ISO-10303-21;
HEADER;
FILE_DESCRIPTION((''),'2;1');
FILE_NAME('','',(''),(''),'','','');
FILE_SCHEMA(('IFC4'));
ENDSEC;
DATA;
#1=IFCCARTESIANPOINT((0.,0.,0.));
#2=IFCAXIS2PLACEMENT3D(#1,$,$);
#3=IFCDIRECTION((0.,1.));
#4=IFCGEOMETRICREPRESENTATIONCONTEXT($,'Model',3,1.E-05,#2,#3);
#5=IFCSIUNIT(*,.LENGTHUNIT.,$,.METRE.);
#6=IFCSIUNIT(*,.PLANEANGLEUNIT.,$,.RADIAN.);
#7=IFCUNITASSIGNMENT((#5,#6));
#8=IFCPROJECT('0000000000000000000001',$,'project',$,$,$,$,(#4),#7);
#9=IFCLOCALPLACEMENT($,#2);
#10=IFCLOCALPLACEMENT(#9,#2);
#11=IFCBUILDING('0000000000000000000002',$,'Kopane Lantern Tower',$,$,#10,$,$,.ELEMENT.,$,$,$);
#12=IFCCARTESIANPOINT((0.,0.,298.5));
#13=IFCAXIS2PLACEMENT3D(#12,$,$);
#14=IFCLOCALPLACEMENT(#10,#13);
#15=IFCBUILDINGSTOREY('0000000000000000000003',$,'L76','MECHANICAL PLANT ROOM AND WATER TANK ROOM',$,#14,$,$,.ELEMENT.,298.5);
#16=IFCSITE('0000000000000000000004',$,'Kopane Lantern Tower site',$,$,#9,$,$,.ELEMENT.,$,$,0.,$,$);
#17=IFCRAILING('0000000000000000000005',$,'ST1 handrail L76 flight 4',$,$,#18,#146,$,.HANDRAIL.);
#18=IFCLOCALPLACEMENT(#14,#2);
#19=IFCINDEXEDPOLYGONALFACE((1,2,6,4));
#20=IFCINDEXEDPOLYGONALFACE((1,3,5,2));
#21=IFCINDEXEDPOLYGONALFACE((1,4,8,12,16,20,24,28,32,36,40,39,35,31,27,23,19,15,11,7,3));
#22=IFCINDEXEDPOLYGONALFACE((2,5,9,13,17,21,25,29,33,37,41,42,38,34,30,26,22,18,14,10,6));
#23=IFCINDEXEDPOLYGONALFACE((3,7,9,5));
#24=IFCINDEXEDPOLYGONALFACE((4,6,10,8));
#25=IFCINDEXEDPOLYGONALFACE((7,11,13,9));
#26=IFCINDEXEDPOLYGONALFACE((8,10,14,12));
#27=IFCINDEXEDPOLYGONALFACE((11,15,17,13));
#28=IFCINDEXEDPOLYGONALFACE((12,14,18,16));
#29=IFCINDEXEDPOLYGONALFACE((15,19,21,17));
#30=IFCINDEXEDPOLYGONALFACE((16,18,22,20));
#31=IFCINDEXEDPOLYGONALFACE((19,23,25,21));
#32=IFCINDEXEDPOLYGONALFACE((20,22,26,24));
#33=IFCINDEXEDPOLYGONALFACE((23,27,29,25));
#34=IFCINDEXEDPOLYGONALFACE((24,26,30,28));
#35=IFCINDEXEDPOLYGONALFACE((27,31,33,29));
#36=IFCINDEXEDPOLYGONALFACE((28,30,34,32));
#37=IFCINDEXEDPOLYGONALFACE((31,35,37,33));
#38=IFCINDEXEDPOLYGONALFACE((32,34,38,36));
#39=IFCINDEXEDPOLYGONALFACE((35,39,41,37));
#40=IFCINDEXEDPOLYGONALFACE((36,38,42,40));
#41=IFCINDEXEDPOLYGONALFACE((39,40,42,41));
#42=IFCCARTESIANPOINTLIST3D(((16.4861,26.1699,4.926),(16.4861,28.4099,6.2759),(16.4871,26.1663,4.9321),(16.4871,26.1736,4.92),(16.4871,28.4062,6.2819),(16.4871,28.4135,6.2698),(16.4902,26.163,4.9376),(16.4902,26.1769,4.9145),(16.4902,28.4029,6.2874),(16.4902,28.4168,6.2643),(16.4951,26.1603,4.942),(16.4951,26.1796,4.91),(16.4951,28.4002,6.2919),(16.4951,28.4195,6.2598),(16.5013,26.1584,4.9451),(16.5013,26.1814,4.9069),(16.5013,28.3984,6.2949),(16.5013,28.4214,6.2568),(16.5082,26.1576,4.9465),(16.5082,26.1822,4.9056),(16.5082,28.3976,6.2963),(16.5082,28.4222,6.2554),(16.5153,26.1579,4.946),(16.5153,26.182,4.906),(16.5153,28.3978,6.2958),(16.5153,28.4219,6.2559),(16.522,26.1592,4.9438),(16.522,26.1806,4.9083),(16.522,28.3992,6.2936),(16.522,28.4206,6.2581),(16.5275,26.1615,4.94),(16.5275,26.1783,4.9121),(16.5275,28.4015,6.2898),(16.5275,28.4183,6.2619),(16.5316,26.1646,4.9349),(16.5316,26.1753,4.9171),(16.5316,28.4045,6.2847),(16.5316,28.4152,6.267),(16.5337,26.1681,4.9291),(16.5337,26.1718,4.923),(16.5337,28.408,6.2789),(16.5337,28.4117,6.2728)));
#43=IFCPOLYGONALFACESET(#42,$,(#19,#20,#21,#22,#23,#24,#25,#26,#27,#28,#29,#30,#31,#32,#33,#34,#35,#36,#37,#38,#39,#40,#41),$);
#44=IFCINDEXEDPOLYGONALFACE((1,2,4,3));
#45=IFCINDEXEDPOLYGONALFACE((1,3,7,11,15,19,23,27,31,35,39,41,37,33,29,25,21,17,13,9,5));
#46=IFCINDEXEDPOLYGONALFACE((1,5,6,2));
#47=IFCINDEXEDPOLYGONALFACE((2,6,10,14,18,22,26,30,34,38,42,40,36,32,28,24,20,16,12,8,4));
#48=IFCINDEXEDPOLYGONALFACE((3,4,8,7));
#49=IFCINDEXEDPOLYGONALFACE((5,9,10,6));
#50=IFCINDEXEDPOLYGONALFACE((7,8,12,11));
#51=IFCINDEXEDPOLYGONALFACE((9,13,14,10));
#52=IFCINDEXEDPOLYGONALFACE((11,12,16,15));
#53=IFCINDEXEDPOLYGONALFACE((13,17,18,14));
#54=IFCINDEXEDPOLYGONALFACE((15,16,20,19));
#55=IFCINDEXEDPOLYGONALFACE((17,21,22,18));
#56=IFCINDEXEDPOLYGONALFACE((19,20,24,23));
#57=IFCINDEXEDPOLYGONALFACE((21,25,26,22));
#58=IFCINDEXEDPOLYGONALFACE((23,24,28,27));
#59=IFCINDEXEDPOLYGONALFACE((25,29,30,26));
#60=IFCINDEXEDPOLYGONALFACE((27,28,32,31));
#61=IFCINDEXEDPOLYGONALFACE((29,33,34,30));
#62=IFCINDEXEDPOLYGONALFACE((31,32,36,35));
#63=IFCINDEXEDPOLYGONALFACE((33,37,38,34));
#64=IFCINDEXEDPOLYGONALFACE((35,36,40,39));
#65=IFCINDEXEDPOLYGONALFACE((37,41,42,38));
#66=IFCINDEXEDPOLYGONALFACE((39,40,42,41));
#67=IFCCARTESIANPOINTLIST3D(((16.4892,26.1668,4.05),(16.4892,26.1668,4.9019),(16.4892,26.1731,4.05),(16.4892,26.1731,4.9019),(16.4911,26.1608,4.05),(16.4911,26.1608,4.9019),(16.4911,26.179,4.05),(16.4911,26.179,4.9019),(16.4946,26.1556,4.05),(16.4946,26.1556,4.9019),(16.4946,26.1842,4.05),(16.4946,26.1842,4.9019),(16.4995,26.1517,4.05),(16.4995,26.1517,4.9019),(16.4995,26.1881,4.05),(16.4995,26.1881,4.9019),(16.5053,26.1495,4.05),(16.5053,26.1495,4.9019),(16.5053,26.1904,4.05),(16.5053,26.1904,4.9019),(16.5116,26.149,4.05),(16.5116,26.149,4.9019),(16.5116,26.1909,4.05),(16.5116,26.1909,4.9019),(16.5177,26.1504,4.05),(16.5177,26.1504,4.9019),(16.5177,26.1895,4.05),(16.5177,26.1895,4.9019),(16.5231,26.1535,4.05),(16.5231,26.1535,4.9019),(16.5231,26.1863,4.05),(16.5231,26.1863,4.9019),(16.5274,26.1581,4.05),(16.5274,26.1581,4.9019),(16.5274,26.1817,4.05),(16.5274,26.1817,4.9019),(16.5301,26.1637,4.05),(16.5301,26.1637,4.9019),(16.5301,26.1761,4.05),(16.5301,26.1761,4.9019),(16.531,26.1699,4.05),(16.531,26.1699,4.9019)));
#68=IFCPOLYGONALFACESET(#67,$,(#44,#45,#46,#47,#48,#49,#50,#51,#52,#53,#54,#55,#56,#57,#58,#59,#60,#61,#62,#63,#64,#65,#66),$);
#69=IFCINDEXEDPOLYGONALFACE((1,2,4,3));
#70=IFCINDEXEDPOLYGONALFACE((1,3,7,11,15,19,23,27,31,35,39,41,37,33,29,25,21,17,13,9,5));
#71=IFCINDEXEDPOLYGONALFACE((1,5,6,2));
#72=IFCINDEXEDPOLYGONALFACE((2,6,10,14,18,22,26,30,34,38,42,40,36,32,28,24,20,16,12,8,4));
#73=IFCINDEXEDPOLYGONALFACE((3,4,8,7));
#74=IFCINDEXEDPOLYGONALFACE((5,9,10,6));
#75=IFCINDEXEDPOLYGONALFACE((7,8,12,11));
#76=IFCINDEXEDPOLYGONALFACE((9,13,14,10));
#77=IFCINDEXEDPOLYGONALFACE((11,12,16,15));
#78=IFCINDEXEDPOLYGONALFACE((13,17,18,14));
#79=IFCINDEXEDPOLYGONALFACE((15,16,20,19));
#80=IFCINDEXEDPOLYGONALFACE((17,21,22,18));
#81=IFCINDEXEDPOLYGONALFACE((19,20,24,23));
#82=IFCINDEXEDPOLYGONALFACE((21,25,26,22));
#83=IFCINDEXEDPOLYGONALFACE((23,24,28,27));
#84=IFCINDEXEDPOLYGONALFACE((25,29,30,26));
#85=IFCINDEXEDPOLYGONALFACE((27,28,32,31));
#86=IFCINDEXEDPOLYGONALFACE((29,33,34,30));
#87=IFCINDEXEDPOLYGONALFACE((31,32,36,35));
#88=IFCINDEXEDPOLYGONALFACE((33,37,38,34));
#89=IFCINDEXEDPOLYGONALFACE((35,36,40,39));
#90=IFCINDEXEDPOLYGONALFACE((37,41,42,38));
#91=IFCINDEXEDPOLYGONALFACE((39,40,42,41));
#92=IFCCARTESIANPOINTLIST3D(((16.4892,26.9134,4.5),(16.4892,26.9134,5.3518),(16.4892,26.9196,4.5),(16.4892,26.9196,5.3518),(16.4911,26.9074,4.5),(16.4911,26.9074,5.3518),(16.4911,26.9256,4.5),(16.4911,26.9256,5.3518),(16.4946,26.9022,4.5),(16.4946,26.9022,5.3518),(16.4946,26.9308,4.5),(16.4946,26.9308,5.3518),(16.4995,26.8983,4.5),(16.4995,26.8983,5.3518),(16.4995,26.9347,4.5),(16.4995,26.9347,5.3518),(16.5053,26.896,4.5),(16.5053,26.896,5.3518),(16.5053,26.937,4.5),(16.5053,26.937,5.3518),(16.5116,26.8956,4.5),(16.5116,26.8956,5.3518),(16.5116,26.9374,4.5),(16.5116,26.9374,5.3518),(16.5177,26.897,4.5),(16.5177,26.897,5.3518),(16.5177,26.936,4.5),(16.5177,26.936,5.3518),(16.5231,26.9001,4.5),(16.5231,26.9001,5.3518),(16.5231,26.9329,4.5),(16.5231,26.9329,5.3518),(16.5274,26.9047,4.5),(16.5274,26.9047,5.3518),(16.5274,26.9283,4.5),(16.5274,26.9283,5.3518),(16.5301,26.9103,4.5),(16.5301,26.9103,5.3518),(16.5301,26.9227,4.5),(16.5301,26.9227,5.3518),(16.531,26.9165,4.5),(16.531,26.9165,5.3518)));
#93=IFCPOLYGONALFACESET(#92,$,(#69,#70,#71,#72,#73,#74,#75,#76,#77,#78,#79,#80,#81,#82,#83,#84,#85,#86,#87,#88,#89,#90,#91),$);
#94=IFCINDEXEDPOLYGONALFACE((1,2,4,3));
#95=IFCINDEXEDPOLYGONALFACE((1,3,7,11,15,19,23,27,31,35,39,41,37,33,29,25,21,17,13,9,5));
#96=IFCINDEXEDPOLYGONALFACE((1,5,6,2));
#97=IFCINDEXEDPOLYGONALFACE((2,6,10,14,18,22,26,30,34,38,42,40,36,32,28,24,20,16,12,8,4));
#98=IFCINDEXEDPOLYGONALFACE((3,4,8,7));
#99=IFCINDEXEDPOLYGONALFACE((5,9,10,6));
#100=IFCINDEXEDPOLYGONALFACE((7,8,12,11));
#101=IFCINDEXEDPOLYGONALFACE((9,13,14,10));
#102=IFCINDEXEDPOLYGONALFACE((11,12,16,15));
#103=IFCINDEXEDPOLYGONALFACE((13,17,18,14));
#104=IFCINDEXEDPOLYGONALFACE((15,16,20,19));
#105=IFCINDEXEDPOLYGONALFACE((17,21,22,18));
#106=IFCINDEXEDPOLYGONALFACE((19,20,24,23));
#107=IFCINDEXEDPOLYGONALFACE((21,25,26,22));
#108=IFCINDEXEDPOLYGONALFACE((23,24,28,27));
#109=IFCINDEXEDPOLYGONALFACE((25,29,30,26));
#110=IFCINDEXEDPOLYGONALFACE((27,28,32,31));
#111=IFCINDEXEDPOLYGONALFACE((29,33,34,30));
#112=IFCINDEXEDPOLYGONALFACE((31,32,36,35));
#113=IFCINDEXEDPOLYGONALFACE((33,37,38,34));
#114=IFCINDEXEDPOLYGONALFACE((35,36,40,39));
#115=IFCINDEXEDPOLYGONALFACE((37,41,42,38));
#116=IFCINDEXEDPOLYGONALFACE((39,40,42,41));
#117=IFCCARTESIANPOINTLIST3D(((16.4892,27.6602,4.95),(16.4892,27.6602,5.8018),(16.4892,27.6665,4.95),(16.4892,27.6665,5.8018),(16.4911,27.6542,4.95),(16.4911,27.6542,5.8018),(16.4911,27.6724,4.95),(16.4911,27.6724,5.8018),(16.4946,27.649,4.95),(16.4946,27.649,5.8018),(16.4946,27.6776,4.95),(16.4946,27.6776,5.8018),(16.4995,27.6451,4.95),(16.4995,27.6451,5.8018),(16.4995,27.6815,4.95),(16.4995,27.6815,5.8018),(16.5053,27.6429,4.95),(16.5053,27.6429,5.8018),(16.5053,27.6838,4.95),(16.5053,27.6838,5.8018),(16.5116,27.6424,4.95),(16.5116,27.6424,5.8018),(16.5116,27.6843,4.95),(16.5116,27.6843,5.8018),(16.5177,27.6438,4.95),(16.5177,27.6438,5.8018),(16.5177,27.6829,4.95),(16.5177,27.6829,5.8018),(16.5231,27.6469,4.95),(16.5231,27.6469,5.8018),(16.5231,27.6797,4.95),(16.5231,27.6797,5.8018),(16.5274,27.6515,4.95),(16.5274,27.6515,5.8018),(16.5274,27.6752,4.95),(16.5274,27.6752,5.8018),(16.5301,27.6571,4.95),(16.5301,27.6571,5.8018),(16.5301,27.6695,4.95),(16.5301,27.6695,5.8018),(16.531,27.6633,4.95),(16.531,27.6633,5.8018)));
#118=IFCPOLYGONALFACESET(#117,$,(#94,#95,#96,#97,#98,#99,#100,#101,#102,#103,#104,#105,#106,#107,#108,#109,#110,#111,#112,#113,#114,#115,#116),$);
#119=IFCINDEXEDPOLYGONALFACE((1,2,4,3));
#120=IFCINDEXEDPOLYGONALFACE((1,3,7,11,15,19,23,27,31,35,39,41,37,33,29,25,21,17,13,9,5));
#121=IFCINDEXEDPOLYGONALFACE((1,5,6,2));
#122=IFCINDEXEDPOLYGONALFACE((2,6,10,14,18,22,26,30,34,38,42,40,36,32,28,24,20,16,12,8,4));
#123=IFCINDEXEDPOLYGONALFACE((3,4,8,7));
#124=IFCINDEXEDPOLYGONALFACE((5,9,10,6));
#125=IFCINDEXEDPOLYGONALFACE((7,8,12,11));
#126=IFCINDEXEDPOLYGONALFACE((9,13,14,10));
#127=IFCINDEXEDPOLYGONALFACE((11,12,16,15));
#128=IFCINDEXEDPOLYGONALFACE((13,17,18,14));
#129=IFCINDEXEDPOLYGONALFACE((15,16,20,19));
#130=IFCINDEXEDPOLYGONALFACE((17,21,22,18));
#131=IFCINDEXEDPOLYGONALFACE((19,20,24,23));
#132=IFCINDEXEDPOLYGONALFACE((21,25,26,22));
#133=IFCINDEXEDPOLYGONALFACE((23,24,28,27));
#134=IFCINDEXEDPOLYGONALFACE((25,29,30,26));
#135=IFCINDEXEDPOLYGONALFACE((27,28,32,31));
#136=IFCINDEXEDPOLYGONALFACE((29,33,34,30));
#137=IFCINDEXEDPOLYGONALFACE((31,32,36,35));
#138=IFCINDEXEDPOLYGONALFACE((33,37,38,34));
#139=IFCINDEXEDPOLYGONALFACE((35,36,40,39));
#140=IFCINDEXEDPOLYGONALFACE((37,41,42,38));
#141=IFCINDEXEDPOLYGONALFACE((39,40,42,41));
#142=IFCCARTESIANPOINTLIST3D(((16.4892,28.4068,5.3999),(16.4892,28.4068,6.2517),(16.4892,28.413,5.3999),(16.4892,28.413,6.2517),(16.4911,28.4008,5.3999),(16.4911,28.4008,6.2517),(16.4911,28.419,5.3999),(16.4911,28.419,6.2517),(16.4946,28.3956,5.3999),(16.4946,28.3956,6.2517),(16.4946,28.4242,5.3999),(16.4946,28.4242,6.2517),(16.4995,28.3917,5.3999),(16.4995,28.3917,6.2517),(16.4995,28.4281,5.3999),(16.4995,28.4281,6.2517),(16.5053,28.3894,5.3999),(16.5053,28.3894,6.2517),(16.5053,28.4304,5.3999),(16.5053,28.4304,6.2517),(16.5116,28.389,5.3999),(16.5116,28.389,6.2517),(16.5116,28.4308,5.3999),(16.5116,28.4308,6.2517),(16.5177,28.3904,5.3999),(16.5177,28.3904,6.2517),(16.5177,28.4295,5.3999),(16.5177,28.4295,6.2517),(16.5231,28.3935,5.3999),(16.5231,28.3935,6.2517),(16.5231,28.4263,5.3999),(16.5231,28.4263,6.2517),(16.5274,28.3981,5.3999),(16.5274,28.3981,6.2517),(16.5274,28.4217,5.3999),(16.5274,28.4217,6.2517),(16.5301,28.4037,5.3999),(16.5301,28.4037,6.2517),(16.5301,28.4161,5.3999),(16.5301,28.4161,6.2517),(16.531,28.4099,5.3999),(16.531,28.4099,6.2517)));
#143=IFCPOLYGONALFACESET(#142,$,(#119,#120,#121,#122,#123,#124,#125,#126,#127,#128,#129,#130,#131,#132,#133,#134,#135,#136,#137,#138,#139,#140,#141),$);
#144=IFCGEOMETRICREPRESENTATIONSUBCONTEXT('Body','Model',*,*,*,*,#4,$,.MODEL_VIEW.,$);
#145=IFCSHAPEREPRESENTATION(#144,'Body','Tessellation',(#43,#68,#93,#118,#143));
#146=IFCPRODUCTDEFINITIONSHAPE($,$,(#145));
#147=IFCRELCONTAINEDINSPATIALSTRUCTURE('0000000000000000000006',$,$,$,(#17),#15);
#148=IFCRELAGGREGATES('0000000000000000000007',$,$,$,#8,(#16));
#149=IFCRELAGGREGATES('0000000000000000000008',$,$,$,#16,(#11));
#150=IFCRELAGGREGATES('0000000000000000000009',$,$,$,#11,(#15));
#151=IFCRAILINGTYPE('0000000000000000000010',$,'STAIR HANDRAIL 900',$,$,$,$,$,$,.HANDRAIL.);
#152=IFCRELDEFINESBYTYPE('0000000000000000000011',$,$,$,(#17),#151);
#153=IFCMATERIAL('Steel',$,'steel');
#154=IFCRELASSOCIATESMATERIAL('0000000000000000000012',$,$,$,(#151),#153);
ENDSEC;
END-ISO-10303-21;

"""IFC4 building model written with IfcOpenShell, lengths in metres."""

from ifc_helpers import new_model, si_unit, direction, frame, origin, origin_2d, place, context, subcontext, project, spatial, circle, extrude, material, type_object, element, save


model = new_model("IFC4")

# Units and contexts
model_context = context("Model", 3, precision=1e-05, world=origin(), true_north=direction((0.0, 1.0)))
body_context = subcontext(model_context, "Body", "Model", "MODEL_VIEW")
ifc_project = project(units=[si_unit("LENGTHUNIT", "METRE"), si_unit("PLANEANGLEUNIT", "RADIAN")], contexts=[model_context])

# Site, building, storey
site_placement = place(None, origin())
site = spatial("IfcSite", under=ifc_project, at=site_placement, Name="Kopane Lantern Tower site", CompositionType="ELEMENT", RefElevation=0.0)
building_placement = place(site_placement, origin())
building = spatial("IfcBuilding", under=site, at=building_placement, Name="Kopane Lantern Tower", CompositionType="ELEMENT")
storey_placement = place(building_placement, frame((0.0, 0.0, 298.5)))
storey = spatial("IfcBuildingStorey", under=building, at=storey_placement, Name="L76", Description="MECHANICAL PLANT ROOM AND WATER TANK ROOM", CompositionType="ELEMENT", Elevation=298.5)

# Railing
ifc_material_1 = material(Name="Steel", Category="steel")
railing_type = type_object("IfcRailingType", Name="STAIR HANDRAIL 900", PredefinedType="HANDRAIL", material=ifc_material_1)
for number, where, name in (
    (1, (16.51, 26.1699, 4.05), "ST1 handrail L76 flight 4"),
):
    element("IfcRailing", number, at=place(storey_placement, frame(where)), inside=storey, type_object=railing_type, Name=name, PredefinedType="HANDRAIL", context=body_context, shape_type="SweptSolid", body=[
        extrude(circle(Radius=0.0239, at=origin_2d()), frame((0.0, 0.0, 0.876), z_axis=(0.0, 0.856503, 0.516142), x_axis=(-1.0, 0.0, 0.0)), (0.0, 0.0, 1.0), 2.6152),
        extrude(circle(Radius=0.021, at=origin_2d()), origin(), (0.0, 0.0, 1.0), 0.8518),
        extrude(circle(Radius=0.021, at=origin_2d()), frame((0.0, 0.7466, 0.45)), (0.0, 0.0, 1.0), 0.8518),
        extrude(circle(Radius=0.021, at=origin_2d()), frame((0.0, 1.4934, 0.8999)), (0.0, 0.0, 1.0), 0.8518),
        extrude(circle(Radius=0.021, at=origin_2d()), frame((0.0, 2.24, 1.3499)), (0.0, 0.0, 1.0), 0.8518),
    ])

save(model, "model.ifc")
